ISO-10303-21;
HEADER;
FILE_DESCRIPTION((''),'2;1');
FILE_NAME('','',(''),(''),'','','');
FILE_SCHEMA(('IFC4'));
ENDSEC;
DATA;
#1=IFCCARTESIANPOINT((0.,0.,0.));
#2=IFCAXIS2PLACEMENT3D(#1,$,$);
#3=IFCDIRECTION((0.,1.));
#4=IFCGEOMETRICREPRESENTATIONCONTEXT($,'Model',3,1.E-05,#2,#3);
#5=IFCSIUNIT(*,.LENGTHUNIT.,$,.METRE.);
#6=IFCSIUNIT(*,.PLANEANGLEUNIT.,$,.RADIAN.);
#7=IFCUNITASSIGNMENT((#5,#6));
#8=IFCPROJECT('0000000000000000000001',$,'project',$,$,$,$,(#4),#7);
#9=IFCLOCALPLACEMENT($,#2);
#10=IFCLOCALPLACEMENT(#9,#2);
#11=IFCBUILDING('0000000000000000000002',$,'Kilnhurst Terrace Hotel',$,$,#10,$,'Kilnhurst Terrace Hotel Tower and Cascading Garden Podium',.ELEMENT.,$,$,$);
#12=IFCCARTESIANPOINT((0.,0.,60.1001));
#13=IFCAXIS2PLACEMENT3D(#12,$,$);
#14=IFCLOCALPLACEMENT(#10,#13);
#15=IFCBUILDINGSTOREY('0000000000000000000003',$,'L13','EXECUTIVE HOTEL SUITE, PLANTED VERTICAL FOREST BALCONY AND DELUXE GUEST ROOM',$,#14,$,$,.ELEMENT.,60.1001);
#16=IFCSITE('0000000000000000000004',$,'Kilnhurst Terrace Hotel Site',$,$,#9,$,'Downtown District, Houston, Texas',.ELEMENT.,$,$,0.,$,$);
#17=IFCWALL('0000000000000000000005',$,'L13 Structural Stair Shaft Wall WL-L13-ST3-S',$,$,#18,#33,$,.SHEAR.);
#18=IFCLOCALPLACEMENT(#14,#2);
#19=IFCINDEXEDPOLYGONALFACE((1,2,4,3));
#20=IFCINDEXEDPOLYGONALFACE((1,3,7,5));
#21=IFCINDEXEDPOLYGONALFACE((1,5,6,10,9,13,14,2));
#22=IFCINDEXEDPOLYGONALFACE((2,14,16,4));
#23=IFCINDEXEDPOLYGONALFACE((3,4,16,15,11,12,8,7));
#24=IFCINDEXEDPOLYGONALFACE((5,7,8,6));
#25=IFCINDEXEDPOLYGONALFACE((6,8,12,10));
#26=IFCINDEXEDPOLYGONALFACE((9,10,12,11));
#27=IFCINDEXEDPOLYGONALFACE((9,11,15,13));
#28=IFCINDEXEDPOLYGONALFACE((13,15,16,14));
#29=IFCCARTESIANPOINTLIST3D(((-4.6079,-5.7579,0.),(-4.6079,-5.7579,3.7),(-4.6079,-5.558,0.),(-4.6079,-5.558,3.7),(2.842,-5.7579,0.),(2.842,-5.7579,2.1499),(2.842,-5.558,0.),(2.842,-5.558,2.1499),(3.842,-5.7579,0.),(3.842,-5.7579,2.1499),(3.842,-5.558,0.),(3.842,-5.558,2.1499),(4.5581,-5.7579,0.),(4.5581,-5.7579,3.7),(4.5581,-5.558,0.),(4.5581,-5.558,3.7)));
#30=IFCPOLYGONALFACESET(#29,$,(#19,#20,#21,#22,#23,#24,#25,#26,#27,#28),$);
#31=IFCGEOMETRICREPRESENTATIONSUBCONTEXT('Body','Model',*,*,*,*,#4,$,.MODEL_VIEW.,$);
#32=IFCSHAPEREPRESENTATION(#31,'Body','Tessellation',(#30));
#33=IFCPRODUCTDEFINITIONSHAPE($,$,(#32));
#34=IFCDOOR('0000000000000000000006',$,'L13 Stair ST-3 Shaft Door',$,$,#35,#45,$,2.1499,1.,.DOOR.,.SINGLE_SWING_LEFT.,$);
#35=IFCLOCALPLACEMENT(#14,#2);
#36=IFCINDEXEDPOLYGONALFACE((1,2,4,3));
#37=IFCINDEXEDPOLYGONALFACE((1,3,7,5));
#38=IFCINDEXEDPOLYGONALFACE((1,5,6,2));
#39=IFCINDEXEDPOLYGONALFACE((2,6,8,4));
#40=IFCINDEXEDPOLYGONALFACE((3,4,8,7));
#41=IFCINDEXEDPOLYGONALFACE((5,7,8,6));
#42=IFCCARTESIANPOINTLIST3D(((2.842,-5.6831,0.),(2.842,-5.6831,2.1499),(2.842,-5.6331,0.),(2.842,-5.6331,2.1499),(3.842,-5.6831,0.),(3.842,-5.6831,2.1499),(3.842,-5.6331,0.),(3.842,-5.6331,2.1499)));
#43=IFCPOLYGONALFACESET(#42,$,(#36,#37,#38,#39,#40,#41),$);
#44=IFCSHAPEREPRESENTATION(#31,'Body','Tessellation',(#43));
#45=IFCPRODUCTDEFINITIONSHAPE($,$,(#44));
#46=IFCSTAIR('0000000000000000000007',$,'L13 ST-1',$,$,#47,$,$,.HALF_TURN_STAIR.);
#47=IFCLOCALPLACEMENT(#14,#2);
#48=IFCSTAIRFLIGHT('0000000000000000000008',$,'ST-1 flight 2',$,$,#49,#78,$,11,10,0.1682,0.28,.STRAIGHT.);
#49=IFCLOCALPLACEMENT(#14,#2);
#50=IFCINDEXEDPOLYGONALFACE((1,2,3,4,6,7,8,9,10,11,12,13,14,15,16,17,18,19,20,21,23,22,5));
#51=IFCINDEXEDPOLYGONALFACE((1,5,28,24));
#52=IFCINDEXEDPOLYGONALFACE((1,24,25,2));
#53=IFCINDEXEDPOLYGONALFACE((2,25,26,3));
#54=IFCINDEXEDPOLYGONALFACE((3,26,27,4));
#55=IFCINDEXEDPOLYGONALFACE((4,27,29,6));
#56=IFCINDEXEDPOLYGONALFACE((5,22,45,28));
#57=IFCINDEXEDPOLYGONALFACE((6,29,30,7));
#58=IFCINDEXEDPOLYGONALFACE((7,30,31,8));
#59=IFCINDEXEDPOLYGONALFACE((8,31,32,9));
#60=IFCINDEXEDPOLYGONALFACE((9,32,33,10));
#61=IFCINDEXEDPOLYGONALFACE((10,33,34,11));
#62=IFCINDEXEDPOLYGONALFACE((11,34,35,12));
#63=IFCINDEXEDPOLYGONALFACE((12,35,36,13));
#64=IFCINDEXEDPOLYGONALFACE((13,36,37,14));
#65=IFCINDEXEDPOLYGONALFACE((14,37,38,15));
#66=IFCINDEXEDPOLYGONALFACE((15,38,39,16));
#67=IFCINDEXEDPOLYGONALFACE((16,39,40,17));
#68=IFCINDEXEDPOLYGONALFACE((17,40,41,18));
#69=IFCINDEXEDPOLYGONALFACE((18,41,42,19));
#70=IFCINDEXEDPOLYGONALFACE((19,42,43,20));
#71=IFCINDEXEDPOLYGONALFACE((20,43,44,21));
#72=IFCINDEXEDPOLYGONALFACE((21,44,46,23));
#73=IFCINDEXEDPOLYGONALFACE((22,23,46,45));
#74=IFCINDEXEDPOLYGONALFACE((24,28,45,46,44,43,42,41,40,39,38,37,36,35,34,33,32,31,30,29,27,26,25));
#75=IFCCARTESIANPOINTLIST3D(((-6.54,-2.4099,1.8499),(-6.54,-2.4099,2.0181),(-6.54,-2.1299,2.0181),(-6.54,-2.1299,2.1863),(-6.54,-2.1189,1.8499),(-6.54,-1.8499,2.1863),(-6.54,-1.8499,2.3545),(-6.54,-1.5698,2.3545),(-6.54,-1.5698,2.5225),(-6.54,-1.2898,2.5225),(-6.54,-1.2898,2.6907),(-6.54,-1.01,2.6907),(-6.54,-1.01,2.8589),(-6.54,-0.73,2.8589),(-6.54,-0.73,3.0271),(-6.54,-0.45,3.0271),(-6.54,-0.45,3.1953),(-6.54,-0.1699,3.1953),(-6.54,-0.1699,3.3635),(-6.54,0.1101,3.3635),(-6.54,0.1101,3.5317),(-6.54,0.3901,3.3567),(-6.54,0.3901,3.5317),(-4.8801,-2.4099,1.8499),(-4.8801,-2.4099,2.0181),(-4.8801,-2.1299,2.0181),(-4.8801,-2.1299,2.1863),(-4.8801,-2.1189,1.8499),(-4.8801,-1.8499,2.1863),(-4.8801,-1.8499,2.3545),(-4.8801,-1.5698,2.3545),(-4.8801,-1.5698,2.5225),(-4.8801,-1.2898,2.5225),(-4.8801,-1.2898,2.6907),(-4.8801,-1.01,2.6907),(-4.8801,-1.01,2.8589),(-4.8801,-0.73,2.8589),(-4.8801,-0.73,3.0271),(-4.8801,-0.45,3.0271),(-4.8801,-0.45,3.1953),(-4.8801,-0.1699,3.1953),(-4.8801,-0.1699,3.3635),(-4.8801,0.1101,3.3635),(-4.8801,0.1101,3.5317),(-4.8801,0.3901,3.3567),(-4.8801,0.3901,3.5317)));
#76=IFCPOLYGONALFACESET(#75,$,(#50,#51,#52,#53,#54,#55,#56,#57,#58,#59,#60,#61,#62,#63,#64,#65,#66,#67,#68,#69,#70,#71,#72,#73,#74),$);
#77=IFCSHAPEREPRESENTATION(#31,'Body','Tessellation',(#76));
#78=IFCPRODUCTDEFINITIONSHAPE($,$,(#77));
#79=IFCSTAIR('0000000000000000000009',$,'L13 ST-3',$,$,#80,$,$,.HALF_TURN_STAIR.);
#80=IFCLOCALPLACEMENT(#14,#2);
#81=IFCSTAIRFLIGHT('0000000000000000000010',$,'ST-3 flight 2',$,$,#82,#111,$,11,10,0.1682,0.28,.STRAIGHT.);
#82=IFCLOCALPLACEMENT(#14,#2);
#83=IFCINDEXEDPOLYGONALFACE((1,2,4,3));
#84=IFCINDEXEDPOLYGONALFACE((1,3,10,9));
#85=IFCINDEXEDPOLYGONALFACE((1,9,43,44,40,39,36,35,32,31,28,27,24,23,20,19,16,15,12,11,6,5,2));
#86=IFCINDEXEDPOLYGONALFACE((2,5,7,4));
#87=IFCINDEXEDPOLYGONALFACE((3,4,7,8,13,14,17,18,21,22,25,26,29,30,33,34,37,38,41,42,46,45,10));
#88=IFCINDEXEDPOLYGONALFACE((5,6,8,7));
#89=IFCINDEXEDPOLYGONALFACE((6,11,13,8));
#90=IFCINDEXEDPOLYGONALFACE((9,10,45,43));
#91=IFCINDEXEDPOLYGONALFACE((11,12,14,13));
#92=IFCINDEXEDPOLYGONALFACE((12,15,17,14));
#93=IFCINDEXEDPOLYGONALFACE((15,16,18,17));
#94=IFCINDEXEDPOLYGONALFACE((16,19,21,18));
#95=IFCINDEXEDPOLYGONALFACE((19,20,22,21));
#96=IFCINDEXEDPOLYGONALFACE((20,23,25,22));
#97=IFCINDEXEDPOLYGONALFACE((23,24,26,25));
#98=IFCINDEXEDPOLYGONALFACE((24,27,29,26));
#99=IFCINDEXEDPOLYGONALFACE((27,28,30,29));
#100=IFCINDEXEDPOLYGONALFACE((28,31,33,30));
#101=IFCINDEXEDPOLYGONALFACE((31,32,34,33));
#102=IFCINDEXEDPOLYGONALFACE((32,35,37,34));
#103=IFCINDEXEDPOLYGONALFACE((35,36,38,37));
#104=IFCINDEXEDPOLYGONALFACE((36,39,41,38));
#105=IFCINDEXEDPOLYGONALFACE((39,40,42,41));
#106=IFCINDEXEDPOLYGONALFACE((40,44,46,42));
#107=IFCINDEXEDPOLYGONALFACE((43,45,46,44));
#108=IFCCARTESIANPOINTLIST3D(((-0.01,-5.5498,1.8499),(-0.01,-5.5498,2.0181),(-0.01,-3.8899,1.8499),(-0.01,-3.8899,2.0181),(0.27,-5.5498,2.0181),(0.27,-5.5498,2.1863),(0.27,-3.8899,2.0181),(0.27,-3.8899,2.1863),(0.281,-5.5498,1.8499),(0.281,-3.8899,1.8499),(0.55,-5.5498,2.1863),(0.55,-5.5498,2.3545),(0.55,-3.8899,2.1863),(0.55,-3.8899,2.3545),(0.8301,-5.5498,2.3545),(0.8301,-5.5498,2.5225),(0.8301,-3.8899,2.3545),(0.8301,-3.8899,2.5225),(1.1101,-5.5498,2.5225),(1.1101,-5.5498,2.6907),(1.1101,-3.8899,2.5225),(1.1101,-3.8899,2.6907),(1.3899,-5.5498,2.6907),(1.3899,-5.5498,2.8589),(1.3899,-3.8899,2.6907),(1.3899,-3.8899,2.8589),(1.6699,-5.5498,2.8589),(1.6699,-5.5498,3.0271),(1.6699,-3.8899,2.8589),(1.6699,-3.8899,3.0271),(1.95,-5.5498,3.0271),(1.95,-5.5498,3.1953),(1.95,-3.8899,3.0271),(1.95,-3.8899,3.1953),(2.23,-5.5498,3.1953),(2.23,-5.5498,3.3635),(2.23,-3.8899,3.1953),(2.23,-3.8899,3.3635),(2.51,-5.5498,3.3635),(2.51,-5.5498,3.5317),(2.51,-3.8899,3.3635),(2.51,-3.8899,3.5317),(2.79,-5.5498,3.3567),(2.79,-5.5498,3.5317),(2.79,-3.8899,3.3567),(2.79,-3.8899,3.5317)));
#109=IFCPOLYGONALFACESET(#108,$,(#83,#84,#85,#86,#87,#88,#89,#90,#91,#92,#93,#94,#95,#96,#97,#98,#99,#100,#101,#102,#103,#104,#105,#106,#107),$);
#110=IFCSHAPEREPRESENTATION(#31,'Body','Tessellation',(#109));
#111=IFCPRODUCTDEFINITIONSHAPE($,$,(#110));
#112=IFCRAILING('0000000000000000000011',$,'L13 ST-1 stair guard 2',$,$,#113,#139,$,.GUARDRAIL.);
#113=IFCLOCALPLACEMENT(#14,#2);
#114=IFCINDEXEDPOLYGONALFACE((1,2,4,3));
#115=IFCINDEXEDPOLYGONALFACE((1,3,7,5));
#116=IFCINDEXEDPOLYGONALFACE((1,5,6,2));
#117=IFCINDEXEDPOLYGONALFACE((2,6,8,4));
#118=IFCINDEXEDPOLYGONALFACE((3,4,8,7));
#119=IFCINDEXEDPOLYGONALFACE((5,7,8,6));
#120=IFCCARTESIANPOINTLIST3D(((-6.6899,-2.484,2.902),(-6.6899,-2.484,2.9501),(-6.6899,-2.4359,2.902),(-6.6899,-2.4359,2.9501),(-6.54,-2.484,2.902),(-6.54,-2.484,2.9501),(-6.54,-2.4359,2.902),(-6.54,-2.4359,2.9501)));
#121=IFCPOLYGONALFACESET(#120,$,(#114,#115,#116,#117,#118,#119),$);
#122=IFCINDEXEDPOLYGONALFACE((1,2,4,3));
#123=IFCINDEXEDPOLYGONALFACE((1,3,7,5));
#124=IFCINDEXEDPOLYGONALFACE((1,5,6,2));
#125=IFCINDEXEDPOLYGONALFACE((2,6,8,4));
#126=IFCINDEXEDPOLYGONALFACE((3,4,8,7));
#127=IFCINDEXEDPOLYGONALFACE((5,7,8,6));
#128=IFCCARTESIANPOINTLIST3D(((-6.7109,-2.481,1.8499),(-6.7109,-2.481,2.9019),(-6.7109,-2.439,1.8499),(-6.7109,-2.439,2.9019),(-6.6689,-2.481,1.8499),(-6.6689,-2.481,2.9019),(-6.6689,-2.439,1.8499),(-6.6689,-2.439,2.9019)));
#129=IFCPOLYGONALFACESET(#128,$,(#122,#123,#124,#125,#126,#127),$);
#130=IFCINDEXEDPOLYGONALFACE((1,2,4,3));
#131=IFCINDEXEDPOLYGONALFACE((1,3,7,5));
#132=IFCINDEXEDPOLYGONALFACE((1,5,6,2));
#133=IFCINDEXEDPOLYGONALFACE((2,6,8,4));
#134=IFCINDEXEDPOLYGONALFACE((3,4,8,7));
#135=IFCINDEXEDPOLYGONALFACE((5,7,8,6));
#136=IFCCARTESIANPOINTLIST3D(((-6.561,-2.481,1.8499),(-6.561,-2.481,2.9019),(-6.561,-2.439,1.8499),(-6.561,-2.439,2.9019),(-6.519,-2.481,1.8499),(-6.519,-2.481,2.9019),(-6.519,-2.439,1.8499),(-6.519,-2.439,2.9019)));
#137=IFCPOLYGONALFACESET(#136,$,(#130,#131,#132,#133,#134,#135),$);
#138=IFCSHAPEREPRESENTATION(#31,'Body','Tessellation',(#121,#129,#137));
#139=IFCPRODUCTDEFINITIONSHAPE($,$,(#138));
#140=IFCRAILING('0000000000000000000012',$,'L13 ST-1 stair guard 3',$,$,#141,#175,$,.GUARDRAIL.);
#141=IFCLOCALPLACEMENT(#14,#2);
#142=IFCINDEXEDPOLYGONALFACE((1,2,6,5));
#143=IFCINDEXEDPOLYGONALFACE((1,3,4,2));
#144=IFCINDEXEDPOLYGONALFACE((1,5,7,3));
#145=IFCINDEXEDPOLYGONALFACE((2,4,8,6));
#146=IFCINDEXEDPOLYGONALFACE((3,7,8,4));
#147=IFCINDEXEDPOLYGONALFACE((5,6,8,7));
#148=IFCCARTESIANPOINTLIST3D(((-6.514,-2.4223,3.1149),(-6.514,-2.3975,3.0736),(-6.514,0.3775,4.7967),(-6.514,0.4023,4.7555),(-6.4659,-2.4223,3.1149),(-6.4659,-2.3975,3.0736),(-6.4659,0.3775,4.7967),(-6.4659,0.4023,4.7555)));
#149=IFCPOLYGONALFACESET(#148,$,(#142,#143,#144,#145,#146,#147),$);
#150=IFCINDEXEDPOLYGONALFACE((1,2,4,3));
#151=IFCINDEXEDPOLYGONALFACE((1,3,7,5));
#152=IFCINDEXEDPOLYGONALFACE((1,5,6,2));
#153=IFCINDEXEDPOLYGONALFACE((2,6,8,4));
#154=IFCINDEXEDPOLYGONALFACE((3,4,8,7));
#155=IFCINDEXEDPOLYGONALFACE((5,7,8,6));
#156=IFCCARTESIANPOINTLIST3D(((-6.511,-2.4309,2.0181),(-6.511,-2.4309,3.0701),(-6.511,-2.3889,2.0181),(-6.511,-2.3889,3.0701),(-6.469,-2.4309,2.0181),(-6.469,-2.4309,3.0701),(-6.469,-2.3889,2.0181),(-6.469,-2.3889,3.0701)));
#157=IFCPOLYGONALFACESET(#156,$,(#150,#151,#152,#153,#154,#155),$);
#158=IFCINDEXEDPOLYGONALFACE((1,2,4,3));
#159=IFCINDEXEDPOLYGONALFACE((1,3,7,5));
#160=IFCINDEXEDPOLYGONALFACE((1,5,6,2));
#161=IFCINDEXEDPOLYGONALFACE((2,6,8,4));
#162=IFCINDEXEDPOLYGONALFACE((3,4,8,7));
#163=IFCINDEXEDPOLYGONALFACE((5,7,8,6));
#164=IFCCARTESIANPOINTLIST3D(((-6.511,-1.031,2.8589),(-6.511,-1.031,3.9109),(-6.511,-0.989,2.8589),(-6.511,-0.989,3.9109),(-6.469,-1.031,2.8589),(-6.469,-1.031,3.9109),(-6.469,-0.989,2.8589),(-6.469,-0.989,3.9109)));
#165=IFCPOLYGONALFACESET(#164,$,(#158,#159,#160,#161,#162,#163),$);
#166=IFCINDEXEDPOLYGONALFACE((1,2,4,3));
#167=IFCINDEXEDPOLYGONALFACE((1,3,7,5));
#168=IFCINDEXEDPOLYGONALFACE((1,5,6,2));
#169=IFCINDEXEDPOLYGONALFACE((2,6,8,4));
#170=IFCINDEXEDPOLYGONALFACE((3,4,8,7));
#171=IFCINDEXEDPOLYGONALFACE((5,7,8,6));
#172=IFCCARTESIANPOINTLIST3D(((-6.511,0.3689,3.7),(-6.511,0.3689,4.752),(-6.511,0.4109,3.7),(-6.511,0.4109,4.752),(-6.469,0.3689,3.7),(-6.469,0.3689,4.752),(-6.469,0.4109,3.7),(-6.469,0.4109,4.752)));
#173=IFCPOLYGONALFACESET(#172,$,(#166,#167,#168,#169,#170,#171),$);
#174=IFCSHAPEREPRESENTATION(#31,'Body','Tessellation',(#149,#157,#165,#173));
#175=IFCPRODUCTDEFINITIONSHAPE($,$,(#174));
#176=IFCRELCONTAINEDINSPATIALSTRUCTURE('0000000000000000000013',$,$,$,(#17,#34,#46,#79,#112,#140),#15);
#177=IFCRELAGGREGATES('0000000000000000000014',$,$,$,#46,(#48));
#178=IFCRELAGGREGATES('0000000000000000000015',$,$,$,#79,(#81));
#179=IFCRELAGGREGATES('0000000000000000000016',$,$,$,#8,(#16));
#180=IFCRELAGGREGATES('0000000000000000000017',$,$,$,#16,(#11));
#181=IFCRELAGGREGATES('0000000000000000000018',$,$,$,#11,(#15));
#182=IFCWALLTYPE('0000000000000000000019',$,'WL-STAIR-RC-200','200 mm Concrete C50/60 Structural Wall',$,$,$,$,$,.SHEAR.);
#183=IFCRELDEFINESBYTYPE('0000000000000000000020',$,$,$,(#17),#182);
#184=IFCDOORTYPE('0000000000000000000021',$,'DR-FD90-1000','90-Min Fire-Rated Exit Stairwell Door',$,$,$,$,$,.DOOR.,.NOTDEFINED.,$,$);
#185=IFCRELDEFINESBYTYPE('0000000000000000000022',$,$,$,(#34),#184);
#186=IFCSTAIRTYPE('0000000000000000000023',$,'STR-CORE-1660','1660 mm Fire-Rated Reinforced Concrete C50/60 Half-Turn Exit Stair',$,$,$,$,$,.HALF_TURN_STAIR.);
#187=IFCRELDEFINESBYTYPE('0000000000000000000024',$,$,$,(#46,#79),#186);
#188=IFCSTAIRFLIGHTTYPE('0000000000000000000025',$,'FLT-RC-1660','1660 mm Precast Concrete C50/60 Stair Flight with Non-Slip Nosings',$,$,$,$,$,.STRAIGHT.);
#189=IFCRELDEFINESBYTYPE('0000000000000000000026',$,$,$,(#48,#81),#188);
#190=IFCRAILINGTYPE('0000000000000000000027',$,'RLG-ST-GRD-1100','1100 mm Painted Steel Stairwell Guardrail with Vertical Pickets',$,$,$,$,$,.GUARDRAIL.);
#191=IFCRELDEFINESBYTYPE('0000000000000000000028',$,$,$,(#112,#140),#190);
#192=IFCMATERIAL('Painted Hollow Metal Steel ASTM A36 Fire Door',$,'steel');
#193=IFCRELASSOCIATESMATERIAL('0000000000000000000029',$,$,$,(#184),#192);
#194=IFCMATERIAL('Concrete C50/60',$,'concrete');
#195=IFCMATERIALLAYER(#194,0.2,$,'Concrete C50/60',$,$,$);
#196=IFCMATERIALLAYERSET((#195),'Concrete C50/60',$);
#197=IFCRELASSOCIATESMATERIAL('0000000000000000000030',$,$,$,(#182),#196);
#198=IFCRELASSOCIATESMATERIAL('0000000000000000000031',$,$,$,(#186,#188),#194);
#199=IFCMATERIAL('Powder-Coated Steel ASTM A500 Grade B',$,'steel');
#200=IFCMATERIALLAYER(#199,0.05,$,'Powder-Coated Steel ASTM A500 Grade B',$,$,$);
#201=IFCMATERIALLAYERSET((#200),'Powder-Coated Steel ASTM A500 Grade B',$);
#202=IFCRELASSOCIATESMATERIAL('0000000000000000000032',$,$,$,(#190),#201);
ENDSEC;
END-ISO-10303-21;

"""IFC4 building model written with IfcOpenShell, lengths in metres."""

from ifc_helpers import new_model, si_unit, direction, frame, frame_2d, origin, origin_2d, place, context, subcontext, project, spatial, polyline, rectangle, outline, extrude, material, layer, layer_set, type_object, element, fill, aggregate, save


model = new_model("IFC4")

# Units and contexts
model_context = context("Model", 3, precision=1e-05, world=origin(), true_north=direction((0.0, 1.0)))
body_context = subcontext(model_context, "Body", "Model", "MODEL_VIEW")
ifc_project = project(units=[si_unit("LENGTHUNIT", "METRE"), si_unit("PLANEANGLEUNIT", "RADIAN")], contexts=[model_context])

# Site, building, storey
site_placement = place(None, origin())
site = spatial("IfcSite", under=ifc_project, at=site_placement, Name="Kilnhurst Terrace Hotel Site", LongName="Downtown District, Houston, Texas", CompositionType="ELEMENT", RefElevation=0.0)
building_placement = place(site_placement, origin())
building = spatial("IfcBuilding", under=site, at=building_placement, Name="Kilnhurst Terrace Hotel", LongName="Kilnhurst Terrace Hotel Tower and Cascading Garden Podium", CompositionType="ELEMENT")
storey_placement = place(building_placement, frame((0.0, 0.0, 60.1001)))
storey = spatial("IfcBuildingStorey", under=building, at=storey_placement, Name="L13", Description="EXECUTIVE HOTEL SUITE, PLANTED VERTICAL FOREST BALCONY AND DELUXE GUEST ROOM", CompositionType="ELEMENT", Elevation=60.1001)

# Shared definitions
ifc_material_1 = material(Name="Concrete C50/60", Category="concrete")

# Shared definitions
ifc_material_2 = material(Name="Painted Hollow Metal Steel ASTM A36 Fire Door", Category="steel")
door_type_1 = type_object("IfcDoorType", Name="DR-FD90-1000", Description="90-Min Fire-Rated Exit Stairwell Door", OperationType="NOTDEFINED", PredefinedType="DOOR", material=ifc_material_2)

# Shared definitions
ifc_layer_1 = layer(ifc_material_1, 0.2, Name="Concrete C50/60")
ifc_layer_set_1 = layer_set([ifc_layer_1], Name="Concrete C50/60")
wall_type_1 = type_object("IfcWallType", Name="WL-STAIR-RC-200", Description="200 mm Concrete C50/60 Structural Wall", PredefinedType="SHEAR", material=ifc_layer_set_1)

# Wall, opening, door
wall_1_placement = place(storey_placement, frame((-4.6079, -5.658, 0.0), z_axis=(0.0, 0.0, 1.0), x_axis=(1.0, 0.0, 0.0)))
wall_1 = element("IfcWall", 1, at=wall_1_placement, inside=storey, type_object=wall_type_1, Name="L13 Structural Stair Shaft Wall WL-L13-ST3-S", PredefinedType="SHEAR", context=body_context, shape_type="SweptSolid", body=[
    extrude(rectangle(XDim=9.166, YDim=0.2, at=frame_2d((4.583, 0.0))), origin(), (0.0, 0.0, 1.0), 3.7),
])
opening_1_placement = place(wall_1_placement, frame((7.45, 0.0, 0.0)))
opening_1 = element("IfcOpeningElement", 2, at=opening_1_placement, cuts=wall_1, PredefinedType="OPENING", context=body_context, shape_type="SweptSolid", body=[
    extrude(rectangle(XDim=1.0, YDim=2.1499, at=frame_2d((0.5, 1.075))), frame((0.0, 0.1099, 0.0), z_axis=(0.0, -1.0, 0.0), x_axis=(1.0, 0.0, 0.0)), (0.0, 0.0, 1.0), 0.22),
])
door_1_placement = place(opening_1_placement, origin())
door_1 = element("IfcDoor", 3, at=door_1_placement, inside=storey, type_object=door_type_1, Name="L13 Stair ST-3 Shaft Door", OperationType="SINGLE_SWING_LEFT", OverallHeight=2.1499, OverallWidth=1.0, PredefinedType="DOOR", context=body_context, shape_type="SweptSolid", body=[
    extrude(rectangle(XDim=1.0, YDim=2.1499, at=frame_2d((0.5, 1.075))), frame((0.0, 0.0249, 0.0), z_axis=(0.0, -1.0, 0.0), x_axis=(1.0, 0.0, 0.0)), (0.0, 0.0, 1.0), 0.05),
])
fill(opening_1, door_1)

# Stairs, stair flights
stair_type = type_object("IfcStairType", Name="STR-CORE-1660", Description="1660 mm Fire-Rated Reinforced Concrete C50/60 Half-Turn Exit Stair", PredefinedType="HALF_TURN_STAIR", material=ifc_material_1)
stair_1_placement = place(storey_placement, origin())
stair_1 = element("IfcStair", 4, at=stair_1_placement, inside=storey, type_object=stair_type, Name="L13 ST-1", PredefinedType="HALF_TURN_STAIR")
stair_flight_type = type_object("IfcStairFlightType", Name="FLT-RC-1660", Description="1660 mm Precast Concrete C50/60 Stair Flight with Non-Slip Nosings", PredefinedType="STRAIGHT", material=ifc_material_1)
stair_flight_1_placement = place(storey_placement, frame((-5.71, -2.4099, 1.8499), z_axis=(0.0, 0.0, 1.0), x_axis=(0.0, 1.0, 0.0)))
stair_flight_1 = element("IfcStairFlight", 5, at=stair_flight_1_placement, type_object=stair_flight_type, Name="ST-1 flight 2", NumberOfRisers=11, NumberOfTreads=10, PredefinedType="STRAIGHT", RiserHeight=0.1682, TreadLength=0.28, context=body_context, shape_type="SweptSolid", body=[
    extrude(outline(polyline([(0.0, 0.0), (0.0, 0.1682), (0.28, 0.1682), (0.28, 0.3364), (0.5601, 0.3364), (0.5601, 0.5046), (0.8401, 0.5046), (0.8401, 0.6726), (1.1201, 0.6726), (1.1201, 0.8408), (1.3999, 0.8408), (1.3999, 1.009), (1.6799, 1.009), (1.6799, 1.1772), (1.96, 1.1772), (1.96, 1.3455), (2.24, 1.3455), (2.24, 1.5137), (2.52, 1.5137), (2.52, 1.6819), (2.8, 1.6819), (2.8, 1.8501), (2.8, 1.5068), (0.291, 0.0), (0.0, 0.0)])), frame((0.0, 0.8301, 0.0), z_axis=(0.0, -1.0, 0.0), x_axis=(1.0, 0.0, 0.0)), (0.0, 0.0, 1.0), 1.6599),
])
aggregate(stair_1, [stair_flight_1])
stair_2_placement = place(storey_placement, origin())
stair_2 = element("IfcStair", 6, at=stair_2_placement, inside=storey, type_object=stair_type, Name="L13 ST-3", PredefinedType="HALF_TURN_STAIR")
stair_flight_2_placement = place(storey_placement, frame((-0.01, -4.72, 1.8499), z_axis=(0.0, 0.0, 1.0), x_axis=(1.0, 0.0, 0.0)))
stair_flight_2 = element("IfcStairFlight", 7, at=stair_flight_2_placement, type_object=stair_flight_type, Name="ST-3 flight 2", NumberOfRisers=11, NumberOfTreads=10, PredefinedType="STRAIGHT", RiserHeight=0.1682, TreadLength=0.28, context=body_context, shape_type="SweptSolid", body=[
    extrude(outline(polyline([(0.0, 0.0), (0.0, 0.1682), (0.28, 0.1682), (0.28, 0.3364), (0.5601, 0.3364), (0.5601, 0.5046), (0.8401, 0.5046), (0.8401, 0.6726), (1.1201, 0.6726), (1.1201, 0.8408), (1.3999, 0.8408), (1.3999, 1.009), (1.6799, 1.009), (1.6799, 1.1772), (1.96, 1.1772), (1.96, 1.3455), (2.24, 1.3455), (2.24, 1.5137), (2.52, 1.5137), (2.52, 1.6819), (2.8, 1.6819), (2.8, 1.8501), (2.8, 1.5068), (0.291, 0.0), (0.0, 0.0)])), frame((0.0, 0.8301, 0.0), z_axis=(0.0, -1.0, 0.0), x_axis=(1.0, 0.0, 0.0)), (0.0, 0.0, 1.0), 1.6599),
])
aggregate(stair_2, [stair_flight_2])

# Railings
ifc_material_3 = material(Name="Powder-Coated Steel ASTM A500 Grade B", Category="steel")
ifc_layer_2 = layer(ifc_material_3, 0.05, Name="Powder-Coated Steel ASTM A500 Grade B")
ifc_layer_set_2 = layer_set([ifc_layer_2], Name="Powder-Coated Steel ASTM A500 Grade B")
railing_type_1 = type_object("IfcRailingType", Name="RLG-ST-GRD-1100", Description="1100 mm Painted Steel Stairwell Guardrail with Vertical Pickets", PredefinedType="GUARDRAIL", material=ifc_layer_set_2)
railing_1_placement = place(storey_placement, frame((-6.6899, -2.46, 1.8499)))
element("IfcRailing", 8, at=railing_1_placement, inside=storey, type_object=railing_type_1, Name="L13 ST-1 stair guard 2", PredefinedType="GUARDRAIL", context=body_context, shape_type="SweptSolid", body=[
    extrude(rectangle(XDim=0.0481, YDim=0.0481, at=origin_2d()), frame((0.0, 0.0, 1.0762), z_axis=(1.0, 0.0, 0.0), x_axis=(0.0, 1.0, 0.0)), (0.0, 0.0, 1.0), 0.1499),
    extrude(rectangle(XDim=0.042, YDim=0.042, at=origin_2d()), origin(), (0.0, 0.0, 1.0), 1.052),
    extrude(rectangle(XDim=0.042, YDim=0.042, at=origin_2d()), frame((0.1499, 0.0, 0.0)), (0.0, 0.0, 1.0), 1.052),
])
railing_2_placement = place(storey_placement, frame((-6.49, -2.4099, 2.0181)))
element("IfcRailing", 9, at=railing_2_placement, inside=storey, type_object=railing_type_1, Name="L13 ST-1 stair guard 3", PredefinedType="GUARDRAIL", context=body_context, shape_type="SweptSolid", body=[
    extrude(rectangle(XDim=0.0481, YDim=0.0481, at=origin_2d()), frame((0.0, 0.0, 1.0762), z_axis=(0.0, 0.857222, 0.514946), x_axis=(-1.0, 0.0, 0.0)), (0.0, 0.0, 1.0), 3.2661),
    extrude(rectangle(XDim=0.042, YDim=0.042, at=origin_2d()), origin(), (0.0, 0.0, 1.0), 1.052),
    extrude(rectangle(XDim=0.042, YDim=0.042, at=origin_2d()), frame((0.0, 1.3999, 0.8408)), (0.0, 0.0, 1.0), 1.052),
    extrude(rectangle(XDim=0.042, YDim=0.042, at=origin_2d()), frame((0.0, 2.7998, 1.6819)), (0.0, 0.0, 1.0), 1.052),
])

save(model, "model.ifc")
